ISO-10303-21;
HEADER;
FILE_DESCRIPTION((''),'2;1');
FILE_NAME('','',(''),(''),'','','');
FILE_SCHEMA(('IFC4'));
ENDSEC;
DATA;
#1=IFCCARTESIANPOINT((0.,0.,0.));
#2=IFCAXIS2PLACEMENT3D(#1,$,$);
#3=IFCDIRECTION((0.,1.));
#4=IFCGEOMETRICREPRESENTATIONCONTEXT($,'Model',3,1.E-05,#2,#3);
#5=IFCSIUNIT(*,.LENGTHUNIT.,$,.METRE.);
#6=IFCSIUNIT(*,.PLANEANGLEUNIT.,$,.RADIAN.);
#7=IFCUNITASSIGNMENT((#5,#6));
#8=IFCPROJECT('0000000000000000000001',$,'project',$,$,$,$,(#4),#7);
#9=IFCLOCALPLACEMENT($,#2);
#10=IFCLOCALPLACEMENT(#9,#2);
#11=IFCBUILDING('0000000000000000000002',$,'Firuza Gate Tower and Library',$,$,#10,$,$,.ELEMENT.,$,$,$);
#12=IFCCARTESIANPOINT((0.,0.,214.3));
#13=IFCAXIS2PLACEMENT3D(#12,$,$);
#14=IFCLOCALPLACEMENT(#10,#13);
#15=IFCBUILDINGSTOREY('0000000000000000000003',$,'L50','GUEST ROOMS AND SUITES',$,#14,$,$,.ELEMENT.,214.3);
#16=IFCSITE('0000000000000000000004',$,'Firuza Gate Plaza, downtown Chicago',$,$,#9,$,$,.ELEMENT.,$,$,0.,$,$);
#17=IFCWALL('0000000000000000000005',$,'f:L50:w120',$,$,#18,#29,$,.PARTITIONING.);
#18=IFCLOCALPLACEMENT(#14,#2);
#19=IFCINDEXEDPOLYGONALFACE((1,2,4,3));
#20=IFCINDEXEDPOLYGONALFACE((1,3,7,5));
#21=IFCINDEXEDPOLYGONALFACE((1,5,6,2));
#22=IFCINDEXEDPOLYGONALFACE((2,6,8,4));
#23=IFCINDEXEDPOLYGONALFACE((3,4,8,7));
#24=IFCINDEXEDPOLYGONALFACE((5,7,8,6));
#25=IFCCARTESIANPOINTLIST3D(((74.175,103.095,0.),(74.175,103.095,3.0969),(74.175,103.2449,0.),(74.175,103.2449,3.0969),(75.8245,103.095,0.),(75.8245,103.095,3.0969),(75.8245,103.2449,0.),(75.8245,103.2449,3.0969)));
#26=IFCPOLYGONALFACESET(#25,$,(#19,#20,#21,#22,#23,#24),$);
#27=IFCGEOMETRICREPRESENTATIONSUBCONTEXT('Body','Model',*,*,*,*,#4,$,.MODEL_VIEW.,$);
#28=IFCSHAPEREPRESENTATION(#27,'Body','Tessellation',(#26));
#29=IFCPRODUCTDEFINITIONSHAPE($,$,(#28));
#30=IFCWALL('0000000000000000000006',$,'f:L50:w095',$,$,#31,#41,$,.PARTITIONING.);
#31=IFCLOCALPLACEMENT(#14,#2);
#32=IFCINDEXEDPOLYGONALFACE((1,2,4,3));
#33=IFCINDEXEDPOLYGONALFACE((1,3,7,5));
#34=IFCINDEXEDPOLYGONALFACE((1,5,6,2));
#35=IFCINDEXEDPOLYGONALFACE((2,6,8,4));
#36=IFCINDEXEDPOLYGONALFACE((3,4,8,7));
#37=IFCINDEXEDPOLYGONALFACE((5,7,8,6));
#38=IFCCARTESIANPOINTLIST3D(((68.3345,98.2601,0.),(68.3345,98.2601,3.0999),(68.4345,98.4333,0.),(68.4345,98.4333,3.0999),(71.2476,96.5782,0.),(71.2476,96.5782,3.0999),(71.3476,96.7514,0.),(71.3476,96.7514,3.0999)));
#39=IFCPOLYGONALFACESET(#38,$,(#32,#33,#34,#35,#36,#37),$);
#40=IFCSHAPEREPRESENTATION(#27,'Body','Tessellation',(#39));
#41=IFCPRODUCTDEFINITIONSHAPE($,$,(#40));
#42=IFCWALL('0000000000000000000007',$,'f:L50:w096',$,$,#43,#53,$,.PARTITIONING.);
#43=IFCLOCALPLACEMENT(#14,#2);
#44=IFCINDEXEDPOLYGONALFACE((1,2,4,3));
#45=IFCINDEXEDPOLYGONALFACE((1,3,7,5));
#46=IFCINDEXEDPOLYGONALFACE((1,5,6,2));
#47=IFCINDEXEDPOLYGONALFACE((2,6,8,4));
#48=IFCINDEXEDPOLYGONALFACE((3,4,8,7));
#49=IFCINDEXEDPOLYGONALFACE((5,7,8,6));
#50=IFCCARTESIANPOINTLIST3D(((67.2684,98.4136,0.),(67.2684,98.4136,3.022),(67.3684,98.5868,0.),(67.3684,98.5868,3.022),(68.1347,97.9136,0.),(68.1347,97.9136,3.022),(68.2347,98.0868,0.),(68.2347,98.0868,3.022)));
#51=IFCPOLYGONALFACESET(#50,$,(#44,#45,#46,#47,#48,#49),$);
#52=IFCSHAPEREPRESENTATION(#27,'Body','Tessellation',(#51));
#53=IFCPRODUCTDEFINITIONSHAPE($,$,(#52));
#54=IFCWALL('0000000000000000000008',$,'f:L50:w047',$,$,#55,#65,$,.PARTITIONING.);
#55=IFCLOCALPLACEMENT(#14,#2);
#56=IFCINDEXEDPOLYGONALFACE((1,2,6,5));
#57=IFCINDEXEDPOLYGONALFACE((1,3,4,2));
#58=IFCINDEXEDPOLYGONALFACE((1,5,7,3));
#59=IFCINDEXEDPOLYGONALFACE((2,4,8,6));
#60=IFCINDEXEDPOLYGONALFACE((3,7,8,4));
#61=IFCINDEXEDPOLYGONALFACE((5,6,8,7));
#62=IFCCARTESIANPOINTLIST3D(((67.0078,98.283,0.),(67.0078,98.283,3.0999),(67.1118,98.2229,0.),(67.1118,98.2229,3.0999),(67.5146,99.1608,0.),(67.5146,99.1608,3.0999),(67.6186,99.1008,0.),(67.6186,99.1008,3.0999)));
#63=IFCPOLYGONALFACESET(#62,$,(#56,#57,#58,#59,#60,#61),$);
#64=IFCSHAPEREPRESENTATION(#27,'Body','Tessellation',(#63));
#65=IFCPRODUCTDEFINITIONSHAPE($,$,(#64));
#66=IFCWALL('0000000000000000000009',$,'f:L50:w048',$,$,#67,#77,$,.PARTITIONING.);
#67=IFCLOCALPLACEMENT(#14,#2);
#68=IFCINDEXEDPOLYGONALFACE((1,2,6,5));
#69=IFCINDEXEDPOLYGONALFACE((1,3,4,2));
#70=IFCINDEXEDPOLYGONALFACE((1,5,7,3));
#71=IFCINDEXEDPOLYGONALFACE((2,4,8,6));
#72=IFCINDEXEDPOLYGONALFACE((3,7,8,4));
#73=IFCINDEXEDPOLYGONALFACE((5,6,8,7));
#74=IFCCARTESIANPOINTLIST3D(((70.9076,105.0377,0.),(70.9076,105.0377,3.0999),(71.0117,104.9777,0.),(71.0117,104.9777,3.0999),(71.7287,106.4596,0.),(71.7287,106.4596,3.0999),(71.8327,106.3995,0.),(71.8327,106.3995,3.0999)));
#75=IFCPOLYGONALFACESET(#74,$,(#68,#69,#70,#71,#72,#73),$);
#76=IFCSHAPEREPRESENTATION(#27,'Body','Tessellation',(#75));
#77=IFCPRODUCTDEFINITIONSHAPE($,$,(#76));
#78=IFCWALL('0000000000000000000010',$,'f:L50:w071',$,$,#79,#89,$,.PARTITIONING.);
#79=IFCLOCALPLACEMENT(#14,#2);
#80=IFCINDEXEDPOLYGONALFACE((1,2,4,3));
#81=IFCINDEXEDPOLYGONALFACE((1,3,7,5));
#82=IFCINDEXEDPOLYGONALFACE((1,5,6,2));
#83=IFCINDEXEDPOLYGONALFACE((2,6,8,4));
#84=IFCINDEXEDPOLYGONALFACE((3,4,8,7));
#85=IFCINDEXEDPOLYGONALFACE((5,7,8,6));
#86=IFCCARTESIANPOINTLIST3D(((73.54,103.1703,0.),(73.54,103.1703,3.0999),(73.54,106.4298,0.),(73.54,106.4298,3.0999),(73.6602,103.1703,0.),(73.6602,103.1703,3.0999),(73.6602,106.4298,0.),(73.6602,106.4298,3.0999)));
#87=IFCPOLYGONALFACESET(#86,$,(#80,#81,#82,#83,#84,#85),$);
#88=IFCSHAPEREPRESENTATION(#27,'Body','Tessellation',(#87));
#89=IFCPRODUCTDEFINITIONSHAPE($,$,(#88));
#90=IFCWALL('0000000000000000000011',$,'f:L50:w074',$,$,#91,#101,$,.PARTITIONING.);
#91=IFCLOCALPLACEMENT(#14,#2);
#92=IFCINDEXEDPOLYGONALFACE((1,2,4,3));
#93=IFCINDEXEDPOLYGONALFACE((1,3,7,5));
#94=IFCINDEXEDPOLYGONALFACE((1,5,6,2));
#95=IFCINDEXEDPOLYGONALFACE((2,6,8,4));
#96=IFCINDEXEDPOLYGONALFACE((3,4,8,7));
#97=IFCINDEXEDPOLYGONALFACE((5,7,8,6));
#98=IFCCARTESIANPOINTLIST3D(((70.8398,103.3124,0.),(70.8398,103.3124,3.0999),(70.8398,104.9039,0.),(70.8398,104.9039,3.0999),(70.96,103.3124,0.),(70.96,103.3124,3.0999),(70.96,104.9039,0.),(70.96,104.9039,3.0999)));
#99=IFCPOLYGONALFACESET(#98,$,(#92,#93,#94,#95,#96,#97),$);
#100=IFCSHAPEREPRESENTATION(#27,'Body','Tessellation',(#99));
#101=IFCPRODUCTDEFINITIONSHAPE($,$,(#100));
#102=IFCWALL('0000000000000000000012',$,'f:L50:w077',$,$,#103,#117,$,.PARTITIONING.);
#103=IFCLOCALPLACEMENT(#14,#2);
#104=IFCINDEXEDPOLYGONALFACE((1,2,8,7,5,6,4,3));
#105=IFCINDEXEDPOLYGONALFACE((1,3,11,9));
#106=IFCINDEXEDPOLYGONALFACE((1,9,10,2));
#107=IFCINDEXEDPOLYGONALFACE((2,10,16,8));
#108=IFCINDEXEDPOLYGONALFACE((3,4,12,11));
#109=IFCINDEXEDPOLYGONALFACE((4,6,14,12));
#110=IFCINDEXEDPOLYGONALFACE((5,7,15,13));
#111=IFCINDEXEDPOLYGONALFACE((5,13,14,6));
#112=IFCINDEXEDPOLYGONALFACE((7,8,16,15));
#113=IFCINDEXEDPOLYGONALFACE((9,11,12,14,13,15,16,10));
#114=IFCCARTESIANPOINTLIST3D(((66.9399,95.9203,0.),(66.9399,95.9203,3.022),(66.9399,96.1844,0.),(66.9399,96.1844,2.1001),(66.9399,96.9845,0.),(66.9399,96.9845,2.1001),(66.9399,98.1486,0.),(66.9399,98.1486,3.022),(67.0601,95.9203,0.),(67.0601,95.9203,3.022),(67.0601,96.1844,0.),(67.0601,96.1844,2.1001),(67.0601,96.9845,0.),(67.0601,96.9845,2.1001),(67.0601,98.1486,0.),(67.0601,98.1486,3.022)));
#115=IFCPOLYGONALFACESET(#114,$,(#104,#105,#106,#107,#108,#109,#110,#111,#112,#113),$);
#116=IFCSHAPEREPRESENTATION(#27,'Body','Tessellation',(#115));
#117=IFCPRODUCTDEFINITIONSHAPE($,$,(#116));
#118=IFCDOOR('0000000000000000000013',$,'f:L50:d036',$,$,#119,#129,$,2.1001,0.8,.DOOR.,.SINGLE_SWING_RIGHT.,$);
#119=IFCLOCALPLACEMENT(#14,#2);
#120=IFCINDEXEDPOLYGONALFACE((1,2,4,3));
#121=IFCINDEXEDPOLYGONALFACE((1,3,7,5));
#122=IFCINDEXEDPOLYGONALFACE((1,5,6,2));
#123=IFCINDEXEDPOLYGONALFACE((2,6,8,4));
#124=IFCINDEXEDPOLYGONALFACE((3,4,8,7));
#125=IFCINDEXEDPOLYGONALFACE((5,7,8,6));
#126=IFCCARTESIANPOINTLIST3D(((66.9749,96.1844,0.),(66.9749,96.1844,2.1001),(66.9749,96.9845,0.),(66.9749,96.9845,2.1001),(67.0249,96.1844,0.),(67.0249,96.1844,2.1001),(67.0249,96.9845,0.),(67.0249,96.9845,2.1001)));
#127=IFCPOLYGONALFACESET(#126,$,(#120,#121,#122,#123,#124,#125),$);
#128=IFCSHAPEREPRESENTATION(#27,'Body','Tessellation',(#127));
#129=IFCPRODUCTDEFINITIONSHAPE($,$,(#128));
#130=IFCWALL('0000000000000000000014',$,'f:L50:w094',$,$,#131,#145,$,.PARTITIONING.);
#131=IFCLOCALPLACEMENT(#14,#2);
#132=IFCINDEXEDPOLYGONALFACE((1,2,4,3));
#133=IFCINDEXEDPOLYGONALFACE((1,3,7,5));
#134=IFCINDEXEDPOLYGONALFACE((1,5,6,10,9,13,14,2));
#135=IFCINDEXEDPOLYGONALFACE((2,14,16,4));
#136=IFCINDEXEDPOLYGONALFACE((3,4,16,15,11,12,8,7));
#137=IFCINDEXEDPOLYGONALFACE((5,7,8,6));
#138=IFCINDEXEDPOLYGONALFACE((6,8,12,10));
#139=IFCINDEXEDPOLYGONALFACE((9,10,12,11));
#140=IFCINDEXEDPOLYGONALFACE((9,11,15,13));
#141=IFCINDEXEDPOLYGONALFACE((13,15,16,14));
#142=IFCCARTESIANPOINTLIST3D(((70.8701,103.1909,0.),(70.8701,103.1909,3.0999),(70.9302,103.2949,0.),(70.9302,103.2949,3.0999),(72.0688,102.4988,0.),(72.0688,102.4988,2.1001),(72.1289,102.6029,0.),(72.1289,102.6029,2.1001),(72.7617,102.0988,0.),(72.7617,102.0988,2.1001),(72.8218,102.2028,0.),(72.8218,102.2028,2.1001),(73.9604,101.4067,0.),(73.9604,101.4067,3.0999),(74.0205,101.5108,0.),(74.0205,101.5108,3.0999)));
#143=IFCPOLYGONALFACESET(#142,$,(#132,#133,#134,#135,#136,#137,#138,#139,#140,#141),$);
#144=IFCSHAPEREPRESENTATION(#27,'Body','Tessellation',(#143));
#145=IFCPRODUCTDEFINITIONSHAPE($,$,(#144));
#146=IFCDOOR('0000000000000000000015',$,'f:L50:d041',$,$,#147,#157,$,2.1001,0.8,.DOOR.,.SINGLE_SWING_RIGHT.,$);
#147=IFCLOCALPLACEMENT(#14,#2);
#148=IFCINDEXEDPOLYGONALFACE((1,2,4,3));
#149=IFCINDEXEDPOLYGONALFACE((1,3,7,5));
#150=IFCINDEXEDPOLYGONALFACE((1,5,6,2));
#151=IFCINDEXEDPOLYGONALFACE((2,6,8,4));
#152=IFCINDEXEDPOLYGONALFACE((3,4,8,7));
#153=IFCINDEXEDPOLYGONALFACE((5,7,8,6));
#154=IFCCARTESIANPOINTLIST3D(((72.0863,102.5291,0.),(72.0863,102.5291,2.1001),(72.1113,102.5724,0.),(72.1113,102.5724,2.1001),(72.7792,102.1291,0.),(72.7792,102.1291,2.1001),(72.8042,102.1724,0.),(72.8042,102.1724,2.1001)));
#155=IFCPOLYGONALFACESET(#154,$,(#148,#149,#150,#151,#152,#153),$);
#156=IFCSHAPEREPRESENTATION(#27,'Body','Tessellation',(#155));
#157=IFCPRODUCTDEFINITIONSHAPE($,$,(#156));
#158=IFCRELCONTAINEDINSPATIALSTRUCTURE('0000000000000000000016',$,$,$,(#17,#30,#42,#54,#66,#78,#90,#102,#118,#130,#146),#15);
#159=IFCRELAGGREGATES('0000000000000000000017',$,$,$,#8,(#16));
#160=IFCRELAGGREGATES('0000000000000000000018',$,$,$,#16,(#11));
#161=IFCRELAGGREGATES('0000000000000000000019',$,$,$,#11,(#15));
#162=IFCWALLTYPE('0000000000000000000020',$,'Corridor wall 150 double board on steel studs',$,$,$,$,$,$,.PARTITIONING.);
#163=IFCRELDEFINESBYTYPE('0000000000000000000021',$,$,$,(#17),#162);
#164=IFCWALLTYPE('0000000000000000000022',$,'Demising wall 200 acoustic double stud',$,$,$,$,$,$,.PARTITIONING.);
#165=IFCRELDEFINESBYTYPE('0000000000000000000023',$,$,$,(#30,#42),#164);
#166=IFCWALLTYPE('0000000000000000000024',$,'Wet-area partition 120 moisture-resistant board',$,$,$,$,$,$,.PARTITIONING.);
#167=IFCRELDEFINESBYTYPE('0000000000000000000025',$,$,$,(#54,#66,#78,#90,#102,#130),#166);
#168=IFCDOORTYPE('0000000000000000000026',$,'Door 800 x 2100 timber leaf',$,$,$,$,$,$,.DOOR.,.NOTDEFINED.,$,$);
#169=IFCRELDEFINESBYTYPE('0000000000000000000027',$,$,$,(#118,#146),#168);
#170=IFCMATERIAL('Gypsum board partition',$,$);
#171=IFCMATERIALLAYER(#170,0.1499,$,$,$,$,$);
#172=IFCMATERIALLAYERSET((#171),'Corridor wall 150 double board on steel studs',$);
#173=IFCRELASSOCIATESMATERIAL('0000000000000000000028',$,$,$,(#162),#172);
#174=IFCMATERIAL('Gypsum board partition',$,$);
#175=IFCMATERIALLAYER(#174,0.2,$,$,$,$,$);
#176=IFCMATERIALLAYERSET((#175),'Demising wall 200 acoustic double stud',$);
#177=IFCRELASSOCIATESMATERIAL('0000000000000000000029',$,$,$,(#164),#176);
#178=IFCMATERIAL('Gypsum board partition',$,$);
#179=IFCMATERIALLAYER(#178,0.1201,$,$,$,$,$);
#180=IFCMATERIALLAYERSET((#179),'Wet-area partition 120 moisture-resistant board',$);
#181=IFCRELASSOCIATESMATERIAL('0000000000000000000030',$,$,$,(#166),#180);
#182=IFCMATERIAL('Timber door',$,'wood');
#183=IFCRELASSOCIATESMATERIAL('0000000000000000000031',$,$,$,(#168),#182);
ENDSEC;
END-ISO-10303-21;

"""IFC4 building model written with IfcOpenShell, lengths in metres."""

from ifc_helpers import new_model, si_unit, direction, frame, frame_2d, origin, place, context, subcontext, project, spatial, rectangle, extrude, material, layer, layer_set, type_object, element, fill, save


model = new_model("IFC4")

# Units and contexts
model_context = context("Model", 3, precision=1e-05, world=origin(), true_north=direction((0.0, 1.0)))
body_context = subcontext(model_context, "Body", "Model", "MODEL_VIEW")
ifc_project = project(units=[si_unit("LENGTHUNIT", "METRE"), si_unit("PLANEANGLEUNIT", "RADIAN")], contexts=[model_context])

# Site, building, storey
site_placement = place(None, origin())
site = spatial("IfcSite", under=ifc_project, at=site_placement, Name="Firuza Gate Plaza, downtown Chicago", CompositionType="ELEMENT", RefElevation=0.0)
building_placement = place(site_placement, origin())
building = spatial("IfcBuilding", under=site, at=building_placement, Name="Firuza Gate Tower and Library", CompositionType="ELEMENT")
storey_placement = place(building_placement, frame((0.0, 0.0, 214.3)))
storey = spatial("IfcBuildingStorey", under=building, at=storey_placement, Name="L50", Description="GUEST ROOMS AND SUITES", CompositionType="ELEMENT", Elevation=214.3)

# Shared definitions
ifc_material_1 = material(Name="Gypsum board partition")
ifc_layer_1 = layer(ifc_material_1, 0.1499)
ifc_layer_set_1 = layer_set([ifc_layer_1], Name="Corridor wall 150 double board on steel studs")
wall_type_1 = type_object("IfcWallType", Name="Corridor wall 150 double board on steel studs", PredefinedType="PARTITIONING", material=ifc_layer_set_1)

# Walls
wall_1_placement = place(storey_placement, frame((74.175, 103.1699, 0.0), z_axis=(0.0, 0.0, 1.0), x_axis=(1.0, 0.0, 0.0)))
element("IfcWall", 1, at=wall_1_placement, inside=storey, type_object=wall_type_1, Name="f:L50:w120", PredefinedType="PARTITIONING", context=body_context, shape_type="SweptSolid", body=[
    extrude(rectangle(XDim=1.6494, YDim=0.1499, at=frame_2d((0.8247, 0.0))), origin(), (0.0, 0.0, 1.0), 3.0969),
])
ifc_material_2 = material(Name="Gypsum board partition")
ifc_layer_2 = layer(ifc_material_2, 0.2)
ifc_layer_set_2 = layer_set([ifc_layer_2], Name="Demising wall 200 acoustic double stud")
wall_type_2 = type_object("IfcWallType", Name="Demising wall 200 acoustic double stud", PredefinedType="PARTITIONING", material=ifc_layer_set_2)
wall_2_placement = place(storey_placement, frame((71.2976, 96.6648, 0.0), z_axis=(0.0, 0.0, 1.0), x_axis=(-0.866024, 0.500003, 0.0)))
element("IfcWall", 2, at=wall_2_placement, inside=storey, type_object=wall_type_2, Name="f:L50:w095", PredefinedType="PARTITIONING", context=body_context, shape_type="SweptSolid", body=[
    extrude(rectangle(XDim=3.3638, YDim=0.2, at=frame_2d((1.6819, 0.0))), origin(), (0.0, 0.0, 1.0), 3.0999),
])
wall_3_placement = place(storey_placement, frame((68.1846, 98.0002, 0.0), z_axis=(0.0, 0.0, 1.0), x_axis=(-0.866072, 0.49992, 0.0)))
element("IfcWall", 3, at=wall_3_placement, inside=storey, type_object=wall_type_2, Name="f:L50:w096", PredefinedType="PARTITIONING", context=body_context, shape_type="SweptSolid", body=[
    extrude(rectangle(XDim=1.0002, YDim=0.2, at=frame_2d((0.5, 0.0))), origin(), (0.0, 0.0, 1.0), 3.022),
])
ifc_material_3 = material(Name="Gypsum board partition")
ifc_layer_3 = layer(ifc_material_3, 0.1201)
ifc_layer_set_3 = layer_set([ifc_layer_3], Name="Wet-area partition 120 moisture-resistant board")
wall_type_3 = type_object("IfcWallType", Name="Wet-area partition 120 moisture-resistant board", PredefinedType="PARTITIONING", material=ifc_layer_set_3)
wall_4_placement = place(storey_placement, frame((67.0598, 98.2529, 0.0), z_axis=(0.0, 0.0, 1.0), x_axis=(0.499973, 0.866041, 0.0)))
element("IfcWall", 4, at=wall_4_placement, inside=storey, type_object=wall_type_3, Name="f:L50:w047", PredefinedType="PARTITIONING", context=body_context, shape_type="SweptSolid", body=[
    extrude(rectangle(XDim=1.0137, YDim=0.1201, at=frame_2d((0.5068, 0.0))), origin(), (0.0, 0.0, 1.0), 3.0999),
])
wall_5_placement = place(storey_placement, frame((70.9597, 105.0078, 0.0), z_axis=(0.0, 0.0, 1.0), x_axis=(0.500057, 0.865992, 0.0)))
element("IfcWall", 5, at=wall_5_placement, inside=storey, type_object=wall_type_3, Name="f:L50:w048", PredefinedType="PARTITIONING", context=body_context, shape_type="SweptSolid", body=[
    extrude(rectangle(XDim=1.6418, YDim=0.1201, at=frame_2d((0.8208, 0.0))), origin(), (0.0, 0.0, 1.0), 3.0999),
])
wall_6_placement = place(storey_placement, frame((73.6001, 103.1702, 0.0), z_axis=(0.0, 0.0, 1.0), x_axis=(0.0, 1.0, 0.0)))
element("IfcWall", 6, at=wall_6_placement, inside=storey, type_object=wall_type_3, Name="f:L50:w071", PredefinedType="PARTITIONING", context=body_context, shape_type="SweptSolid", body=[
    extrude(rectangle(XDim=3.2595, YDim=0.1201, at=frame_2d((1.6299, 0.0))), origin(), (0.0, 0.0, 1.0), 3.0999),
])
wall_7_placement = place(storey_placement, frame((70.8999, 103.3123, 0.0), z_axis=(0.0, 0.0, 1.0), x_axis=(0.0, 1.0, 0.0)))
element("IfcWall", 7, at=wall_7_placement, inside=storey, type_object=wall_type_3, Name="f:L50:w074", PredefinedType="PARTITIONING", context=body_context, shape_type="SweptSolid", body=[
    extrude(rectangle(XDim=1.5916, YDim=0.1201, at=frame_2d((0.7959, 0.0))), origin(), (0.0, 0.0, 1.0), 3.0999),
])

# Walls, openings, doors
wall_8_placement = place(storey_placement, frame((67.0, 98.1487, 0.0), z_axis=(0.0, 0.0, 1.0), x_axis=(0.0, -1.0, 0.0)))
wall_8 = element("IfcWall", 8, at=wall_8_placement, inside=storey, type_object=wall_type_3, Name="f:L50:w077", PredefinedType="PARTITIONING", context=body_context, shape_type="SweptSolid", body=[
    extrude(rectangle(XDim=2.2283, YDim=0.1201, at=frame_2d((1.1143, 0.0))), origin(), (0.0, 0.0, 1.0), 3.022),
])
opening_1_placement = place(wall_8_placement, frame((1.1643, 0.0, 0.0)))
opening_1 = element("IfcOpeningElement", 9, at=opening_1_placement, cuts=wall_8, PredefinedType="OPENING", context=body_context, shape_type="SweptSolid", body=[
    extrude(rectangle(XDim=0.8, YDim=2.1001, at=frame_2d((0.3999, 1.05))), frame((0.0, 0.0701, 0.0), z_axis=(0.0, -1.0, 0.0), x_axis=(1.0, 0.0, 0.0)), (0.0, 0.0, 1.0), 0.1401),
])
ifc_material_4 = material(Name="Timber door", Category="wood")
door_type_1 = type_object("IfcDoorType", Name="Door 800 x 2100 timber leaf", OperationType="NOTDEFINED", PredefinedType="DOOR", material=ifc_material_4)
door_1_placement = place(opening_1_placement, origin())
door_1 = element("IfcDoor", 10, at=door_1_placement, inside=storey, type_object=door_type_1, Name="f:L50:d036", OperationType="SINGLE_SWING_RIGHT", OverallHeight=2.1001, OverallWidth=0.8, PredefinedType="DOOR", context=body_context, shape_type="SweptSolid", body=[
    extrude(rectangle(XDim=0.8, YDim=2.1001, at=frame_2d((0.3999, 1.05))), frame((0.0, 0.0249, 0.0), z_axis=(0.0, -1.0, 0.0), x_axis=(1.0, 0.0, 0.0)), (0.0, 0.0, 1.0), 0.05),
])
fill(opening_1, door_1)
wall_9_placement = place(storey_placement, frame((70.9001, 103.2429, 0.0), z_axis=(0.0, 0.0, 1.0), x_axis=(0.866028, -0.499995, 0.0)))
wall_9 = element("IfcWall", 11, at=wall_9_placement, inside=storey, type_object=wall_type_3, Name="f:L50:w094", PredefinedType="PARTITIONING", context=body_context, shape_type="SweptSolid", body=[
    extrude(rectangle(XDim=3.5684, YDim=0.1201, at=frame_2d((1.7842, 0.0))), origin(), (0.0, 0.0, 1.0), 3.0999),
])
opening_2_placement = place(wall_9_placement, frame((1.3843, 0.0, 0.0)))
opening_2 = element("IfcOpeningElement", 12, at=opening_2_placement, cuts=wall_9, PredefinedType="OPENING", context=body_context, shape_type="SweptSolid", body=[
    extrude(rectangle(XDim=0.8, YDim=2.1001, at=frame_2d((0.3999, 1.05))), frame((0.0, 0.0701, 0.0), z_axis=(0.0, -1.0, 0.0), x_axis=(1.0, 0.0, 0.0)), (0.0, 0.0, 1.0), 0.1401),
])
door_2_placement = place(opening_2_placement, origin())
door_2 = element("IfcDoor", 13, at=door_2_placement, inside=storey, type_object=door_type_1, Name="f:L50:d041", OperationType="SINGLE_SWING_RIGHT", OverallHeight=2.1001, OverallWidth=0.8, PredefinedType="DOOR", context=body_context, shape_type="SweptSolid", body=[
    extrude(rectangle(XDim=0.8, YDim=2.1001, at=frame_2d((0.3999, 1.05))), frame((0.0, 0.0249, 0.0), z_axis=(0.0, -1.0, 0.0), x_axis=(1.0, 0.0, 0.0)), (0.0, 0.0, 1.0), 0.05),
])
fill(opening_2, door_2)

save(model, "model.ifc")
